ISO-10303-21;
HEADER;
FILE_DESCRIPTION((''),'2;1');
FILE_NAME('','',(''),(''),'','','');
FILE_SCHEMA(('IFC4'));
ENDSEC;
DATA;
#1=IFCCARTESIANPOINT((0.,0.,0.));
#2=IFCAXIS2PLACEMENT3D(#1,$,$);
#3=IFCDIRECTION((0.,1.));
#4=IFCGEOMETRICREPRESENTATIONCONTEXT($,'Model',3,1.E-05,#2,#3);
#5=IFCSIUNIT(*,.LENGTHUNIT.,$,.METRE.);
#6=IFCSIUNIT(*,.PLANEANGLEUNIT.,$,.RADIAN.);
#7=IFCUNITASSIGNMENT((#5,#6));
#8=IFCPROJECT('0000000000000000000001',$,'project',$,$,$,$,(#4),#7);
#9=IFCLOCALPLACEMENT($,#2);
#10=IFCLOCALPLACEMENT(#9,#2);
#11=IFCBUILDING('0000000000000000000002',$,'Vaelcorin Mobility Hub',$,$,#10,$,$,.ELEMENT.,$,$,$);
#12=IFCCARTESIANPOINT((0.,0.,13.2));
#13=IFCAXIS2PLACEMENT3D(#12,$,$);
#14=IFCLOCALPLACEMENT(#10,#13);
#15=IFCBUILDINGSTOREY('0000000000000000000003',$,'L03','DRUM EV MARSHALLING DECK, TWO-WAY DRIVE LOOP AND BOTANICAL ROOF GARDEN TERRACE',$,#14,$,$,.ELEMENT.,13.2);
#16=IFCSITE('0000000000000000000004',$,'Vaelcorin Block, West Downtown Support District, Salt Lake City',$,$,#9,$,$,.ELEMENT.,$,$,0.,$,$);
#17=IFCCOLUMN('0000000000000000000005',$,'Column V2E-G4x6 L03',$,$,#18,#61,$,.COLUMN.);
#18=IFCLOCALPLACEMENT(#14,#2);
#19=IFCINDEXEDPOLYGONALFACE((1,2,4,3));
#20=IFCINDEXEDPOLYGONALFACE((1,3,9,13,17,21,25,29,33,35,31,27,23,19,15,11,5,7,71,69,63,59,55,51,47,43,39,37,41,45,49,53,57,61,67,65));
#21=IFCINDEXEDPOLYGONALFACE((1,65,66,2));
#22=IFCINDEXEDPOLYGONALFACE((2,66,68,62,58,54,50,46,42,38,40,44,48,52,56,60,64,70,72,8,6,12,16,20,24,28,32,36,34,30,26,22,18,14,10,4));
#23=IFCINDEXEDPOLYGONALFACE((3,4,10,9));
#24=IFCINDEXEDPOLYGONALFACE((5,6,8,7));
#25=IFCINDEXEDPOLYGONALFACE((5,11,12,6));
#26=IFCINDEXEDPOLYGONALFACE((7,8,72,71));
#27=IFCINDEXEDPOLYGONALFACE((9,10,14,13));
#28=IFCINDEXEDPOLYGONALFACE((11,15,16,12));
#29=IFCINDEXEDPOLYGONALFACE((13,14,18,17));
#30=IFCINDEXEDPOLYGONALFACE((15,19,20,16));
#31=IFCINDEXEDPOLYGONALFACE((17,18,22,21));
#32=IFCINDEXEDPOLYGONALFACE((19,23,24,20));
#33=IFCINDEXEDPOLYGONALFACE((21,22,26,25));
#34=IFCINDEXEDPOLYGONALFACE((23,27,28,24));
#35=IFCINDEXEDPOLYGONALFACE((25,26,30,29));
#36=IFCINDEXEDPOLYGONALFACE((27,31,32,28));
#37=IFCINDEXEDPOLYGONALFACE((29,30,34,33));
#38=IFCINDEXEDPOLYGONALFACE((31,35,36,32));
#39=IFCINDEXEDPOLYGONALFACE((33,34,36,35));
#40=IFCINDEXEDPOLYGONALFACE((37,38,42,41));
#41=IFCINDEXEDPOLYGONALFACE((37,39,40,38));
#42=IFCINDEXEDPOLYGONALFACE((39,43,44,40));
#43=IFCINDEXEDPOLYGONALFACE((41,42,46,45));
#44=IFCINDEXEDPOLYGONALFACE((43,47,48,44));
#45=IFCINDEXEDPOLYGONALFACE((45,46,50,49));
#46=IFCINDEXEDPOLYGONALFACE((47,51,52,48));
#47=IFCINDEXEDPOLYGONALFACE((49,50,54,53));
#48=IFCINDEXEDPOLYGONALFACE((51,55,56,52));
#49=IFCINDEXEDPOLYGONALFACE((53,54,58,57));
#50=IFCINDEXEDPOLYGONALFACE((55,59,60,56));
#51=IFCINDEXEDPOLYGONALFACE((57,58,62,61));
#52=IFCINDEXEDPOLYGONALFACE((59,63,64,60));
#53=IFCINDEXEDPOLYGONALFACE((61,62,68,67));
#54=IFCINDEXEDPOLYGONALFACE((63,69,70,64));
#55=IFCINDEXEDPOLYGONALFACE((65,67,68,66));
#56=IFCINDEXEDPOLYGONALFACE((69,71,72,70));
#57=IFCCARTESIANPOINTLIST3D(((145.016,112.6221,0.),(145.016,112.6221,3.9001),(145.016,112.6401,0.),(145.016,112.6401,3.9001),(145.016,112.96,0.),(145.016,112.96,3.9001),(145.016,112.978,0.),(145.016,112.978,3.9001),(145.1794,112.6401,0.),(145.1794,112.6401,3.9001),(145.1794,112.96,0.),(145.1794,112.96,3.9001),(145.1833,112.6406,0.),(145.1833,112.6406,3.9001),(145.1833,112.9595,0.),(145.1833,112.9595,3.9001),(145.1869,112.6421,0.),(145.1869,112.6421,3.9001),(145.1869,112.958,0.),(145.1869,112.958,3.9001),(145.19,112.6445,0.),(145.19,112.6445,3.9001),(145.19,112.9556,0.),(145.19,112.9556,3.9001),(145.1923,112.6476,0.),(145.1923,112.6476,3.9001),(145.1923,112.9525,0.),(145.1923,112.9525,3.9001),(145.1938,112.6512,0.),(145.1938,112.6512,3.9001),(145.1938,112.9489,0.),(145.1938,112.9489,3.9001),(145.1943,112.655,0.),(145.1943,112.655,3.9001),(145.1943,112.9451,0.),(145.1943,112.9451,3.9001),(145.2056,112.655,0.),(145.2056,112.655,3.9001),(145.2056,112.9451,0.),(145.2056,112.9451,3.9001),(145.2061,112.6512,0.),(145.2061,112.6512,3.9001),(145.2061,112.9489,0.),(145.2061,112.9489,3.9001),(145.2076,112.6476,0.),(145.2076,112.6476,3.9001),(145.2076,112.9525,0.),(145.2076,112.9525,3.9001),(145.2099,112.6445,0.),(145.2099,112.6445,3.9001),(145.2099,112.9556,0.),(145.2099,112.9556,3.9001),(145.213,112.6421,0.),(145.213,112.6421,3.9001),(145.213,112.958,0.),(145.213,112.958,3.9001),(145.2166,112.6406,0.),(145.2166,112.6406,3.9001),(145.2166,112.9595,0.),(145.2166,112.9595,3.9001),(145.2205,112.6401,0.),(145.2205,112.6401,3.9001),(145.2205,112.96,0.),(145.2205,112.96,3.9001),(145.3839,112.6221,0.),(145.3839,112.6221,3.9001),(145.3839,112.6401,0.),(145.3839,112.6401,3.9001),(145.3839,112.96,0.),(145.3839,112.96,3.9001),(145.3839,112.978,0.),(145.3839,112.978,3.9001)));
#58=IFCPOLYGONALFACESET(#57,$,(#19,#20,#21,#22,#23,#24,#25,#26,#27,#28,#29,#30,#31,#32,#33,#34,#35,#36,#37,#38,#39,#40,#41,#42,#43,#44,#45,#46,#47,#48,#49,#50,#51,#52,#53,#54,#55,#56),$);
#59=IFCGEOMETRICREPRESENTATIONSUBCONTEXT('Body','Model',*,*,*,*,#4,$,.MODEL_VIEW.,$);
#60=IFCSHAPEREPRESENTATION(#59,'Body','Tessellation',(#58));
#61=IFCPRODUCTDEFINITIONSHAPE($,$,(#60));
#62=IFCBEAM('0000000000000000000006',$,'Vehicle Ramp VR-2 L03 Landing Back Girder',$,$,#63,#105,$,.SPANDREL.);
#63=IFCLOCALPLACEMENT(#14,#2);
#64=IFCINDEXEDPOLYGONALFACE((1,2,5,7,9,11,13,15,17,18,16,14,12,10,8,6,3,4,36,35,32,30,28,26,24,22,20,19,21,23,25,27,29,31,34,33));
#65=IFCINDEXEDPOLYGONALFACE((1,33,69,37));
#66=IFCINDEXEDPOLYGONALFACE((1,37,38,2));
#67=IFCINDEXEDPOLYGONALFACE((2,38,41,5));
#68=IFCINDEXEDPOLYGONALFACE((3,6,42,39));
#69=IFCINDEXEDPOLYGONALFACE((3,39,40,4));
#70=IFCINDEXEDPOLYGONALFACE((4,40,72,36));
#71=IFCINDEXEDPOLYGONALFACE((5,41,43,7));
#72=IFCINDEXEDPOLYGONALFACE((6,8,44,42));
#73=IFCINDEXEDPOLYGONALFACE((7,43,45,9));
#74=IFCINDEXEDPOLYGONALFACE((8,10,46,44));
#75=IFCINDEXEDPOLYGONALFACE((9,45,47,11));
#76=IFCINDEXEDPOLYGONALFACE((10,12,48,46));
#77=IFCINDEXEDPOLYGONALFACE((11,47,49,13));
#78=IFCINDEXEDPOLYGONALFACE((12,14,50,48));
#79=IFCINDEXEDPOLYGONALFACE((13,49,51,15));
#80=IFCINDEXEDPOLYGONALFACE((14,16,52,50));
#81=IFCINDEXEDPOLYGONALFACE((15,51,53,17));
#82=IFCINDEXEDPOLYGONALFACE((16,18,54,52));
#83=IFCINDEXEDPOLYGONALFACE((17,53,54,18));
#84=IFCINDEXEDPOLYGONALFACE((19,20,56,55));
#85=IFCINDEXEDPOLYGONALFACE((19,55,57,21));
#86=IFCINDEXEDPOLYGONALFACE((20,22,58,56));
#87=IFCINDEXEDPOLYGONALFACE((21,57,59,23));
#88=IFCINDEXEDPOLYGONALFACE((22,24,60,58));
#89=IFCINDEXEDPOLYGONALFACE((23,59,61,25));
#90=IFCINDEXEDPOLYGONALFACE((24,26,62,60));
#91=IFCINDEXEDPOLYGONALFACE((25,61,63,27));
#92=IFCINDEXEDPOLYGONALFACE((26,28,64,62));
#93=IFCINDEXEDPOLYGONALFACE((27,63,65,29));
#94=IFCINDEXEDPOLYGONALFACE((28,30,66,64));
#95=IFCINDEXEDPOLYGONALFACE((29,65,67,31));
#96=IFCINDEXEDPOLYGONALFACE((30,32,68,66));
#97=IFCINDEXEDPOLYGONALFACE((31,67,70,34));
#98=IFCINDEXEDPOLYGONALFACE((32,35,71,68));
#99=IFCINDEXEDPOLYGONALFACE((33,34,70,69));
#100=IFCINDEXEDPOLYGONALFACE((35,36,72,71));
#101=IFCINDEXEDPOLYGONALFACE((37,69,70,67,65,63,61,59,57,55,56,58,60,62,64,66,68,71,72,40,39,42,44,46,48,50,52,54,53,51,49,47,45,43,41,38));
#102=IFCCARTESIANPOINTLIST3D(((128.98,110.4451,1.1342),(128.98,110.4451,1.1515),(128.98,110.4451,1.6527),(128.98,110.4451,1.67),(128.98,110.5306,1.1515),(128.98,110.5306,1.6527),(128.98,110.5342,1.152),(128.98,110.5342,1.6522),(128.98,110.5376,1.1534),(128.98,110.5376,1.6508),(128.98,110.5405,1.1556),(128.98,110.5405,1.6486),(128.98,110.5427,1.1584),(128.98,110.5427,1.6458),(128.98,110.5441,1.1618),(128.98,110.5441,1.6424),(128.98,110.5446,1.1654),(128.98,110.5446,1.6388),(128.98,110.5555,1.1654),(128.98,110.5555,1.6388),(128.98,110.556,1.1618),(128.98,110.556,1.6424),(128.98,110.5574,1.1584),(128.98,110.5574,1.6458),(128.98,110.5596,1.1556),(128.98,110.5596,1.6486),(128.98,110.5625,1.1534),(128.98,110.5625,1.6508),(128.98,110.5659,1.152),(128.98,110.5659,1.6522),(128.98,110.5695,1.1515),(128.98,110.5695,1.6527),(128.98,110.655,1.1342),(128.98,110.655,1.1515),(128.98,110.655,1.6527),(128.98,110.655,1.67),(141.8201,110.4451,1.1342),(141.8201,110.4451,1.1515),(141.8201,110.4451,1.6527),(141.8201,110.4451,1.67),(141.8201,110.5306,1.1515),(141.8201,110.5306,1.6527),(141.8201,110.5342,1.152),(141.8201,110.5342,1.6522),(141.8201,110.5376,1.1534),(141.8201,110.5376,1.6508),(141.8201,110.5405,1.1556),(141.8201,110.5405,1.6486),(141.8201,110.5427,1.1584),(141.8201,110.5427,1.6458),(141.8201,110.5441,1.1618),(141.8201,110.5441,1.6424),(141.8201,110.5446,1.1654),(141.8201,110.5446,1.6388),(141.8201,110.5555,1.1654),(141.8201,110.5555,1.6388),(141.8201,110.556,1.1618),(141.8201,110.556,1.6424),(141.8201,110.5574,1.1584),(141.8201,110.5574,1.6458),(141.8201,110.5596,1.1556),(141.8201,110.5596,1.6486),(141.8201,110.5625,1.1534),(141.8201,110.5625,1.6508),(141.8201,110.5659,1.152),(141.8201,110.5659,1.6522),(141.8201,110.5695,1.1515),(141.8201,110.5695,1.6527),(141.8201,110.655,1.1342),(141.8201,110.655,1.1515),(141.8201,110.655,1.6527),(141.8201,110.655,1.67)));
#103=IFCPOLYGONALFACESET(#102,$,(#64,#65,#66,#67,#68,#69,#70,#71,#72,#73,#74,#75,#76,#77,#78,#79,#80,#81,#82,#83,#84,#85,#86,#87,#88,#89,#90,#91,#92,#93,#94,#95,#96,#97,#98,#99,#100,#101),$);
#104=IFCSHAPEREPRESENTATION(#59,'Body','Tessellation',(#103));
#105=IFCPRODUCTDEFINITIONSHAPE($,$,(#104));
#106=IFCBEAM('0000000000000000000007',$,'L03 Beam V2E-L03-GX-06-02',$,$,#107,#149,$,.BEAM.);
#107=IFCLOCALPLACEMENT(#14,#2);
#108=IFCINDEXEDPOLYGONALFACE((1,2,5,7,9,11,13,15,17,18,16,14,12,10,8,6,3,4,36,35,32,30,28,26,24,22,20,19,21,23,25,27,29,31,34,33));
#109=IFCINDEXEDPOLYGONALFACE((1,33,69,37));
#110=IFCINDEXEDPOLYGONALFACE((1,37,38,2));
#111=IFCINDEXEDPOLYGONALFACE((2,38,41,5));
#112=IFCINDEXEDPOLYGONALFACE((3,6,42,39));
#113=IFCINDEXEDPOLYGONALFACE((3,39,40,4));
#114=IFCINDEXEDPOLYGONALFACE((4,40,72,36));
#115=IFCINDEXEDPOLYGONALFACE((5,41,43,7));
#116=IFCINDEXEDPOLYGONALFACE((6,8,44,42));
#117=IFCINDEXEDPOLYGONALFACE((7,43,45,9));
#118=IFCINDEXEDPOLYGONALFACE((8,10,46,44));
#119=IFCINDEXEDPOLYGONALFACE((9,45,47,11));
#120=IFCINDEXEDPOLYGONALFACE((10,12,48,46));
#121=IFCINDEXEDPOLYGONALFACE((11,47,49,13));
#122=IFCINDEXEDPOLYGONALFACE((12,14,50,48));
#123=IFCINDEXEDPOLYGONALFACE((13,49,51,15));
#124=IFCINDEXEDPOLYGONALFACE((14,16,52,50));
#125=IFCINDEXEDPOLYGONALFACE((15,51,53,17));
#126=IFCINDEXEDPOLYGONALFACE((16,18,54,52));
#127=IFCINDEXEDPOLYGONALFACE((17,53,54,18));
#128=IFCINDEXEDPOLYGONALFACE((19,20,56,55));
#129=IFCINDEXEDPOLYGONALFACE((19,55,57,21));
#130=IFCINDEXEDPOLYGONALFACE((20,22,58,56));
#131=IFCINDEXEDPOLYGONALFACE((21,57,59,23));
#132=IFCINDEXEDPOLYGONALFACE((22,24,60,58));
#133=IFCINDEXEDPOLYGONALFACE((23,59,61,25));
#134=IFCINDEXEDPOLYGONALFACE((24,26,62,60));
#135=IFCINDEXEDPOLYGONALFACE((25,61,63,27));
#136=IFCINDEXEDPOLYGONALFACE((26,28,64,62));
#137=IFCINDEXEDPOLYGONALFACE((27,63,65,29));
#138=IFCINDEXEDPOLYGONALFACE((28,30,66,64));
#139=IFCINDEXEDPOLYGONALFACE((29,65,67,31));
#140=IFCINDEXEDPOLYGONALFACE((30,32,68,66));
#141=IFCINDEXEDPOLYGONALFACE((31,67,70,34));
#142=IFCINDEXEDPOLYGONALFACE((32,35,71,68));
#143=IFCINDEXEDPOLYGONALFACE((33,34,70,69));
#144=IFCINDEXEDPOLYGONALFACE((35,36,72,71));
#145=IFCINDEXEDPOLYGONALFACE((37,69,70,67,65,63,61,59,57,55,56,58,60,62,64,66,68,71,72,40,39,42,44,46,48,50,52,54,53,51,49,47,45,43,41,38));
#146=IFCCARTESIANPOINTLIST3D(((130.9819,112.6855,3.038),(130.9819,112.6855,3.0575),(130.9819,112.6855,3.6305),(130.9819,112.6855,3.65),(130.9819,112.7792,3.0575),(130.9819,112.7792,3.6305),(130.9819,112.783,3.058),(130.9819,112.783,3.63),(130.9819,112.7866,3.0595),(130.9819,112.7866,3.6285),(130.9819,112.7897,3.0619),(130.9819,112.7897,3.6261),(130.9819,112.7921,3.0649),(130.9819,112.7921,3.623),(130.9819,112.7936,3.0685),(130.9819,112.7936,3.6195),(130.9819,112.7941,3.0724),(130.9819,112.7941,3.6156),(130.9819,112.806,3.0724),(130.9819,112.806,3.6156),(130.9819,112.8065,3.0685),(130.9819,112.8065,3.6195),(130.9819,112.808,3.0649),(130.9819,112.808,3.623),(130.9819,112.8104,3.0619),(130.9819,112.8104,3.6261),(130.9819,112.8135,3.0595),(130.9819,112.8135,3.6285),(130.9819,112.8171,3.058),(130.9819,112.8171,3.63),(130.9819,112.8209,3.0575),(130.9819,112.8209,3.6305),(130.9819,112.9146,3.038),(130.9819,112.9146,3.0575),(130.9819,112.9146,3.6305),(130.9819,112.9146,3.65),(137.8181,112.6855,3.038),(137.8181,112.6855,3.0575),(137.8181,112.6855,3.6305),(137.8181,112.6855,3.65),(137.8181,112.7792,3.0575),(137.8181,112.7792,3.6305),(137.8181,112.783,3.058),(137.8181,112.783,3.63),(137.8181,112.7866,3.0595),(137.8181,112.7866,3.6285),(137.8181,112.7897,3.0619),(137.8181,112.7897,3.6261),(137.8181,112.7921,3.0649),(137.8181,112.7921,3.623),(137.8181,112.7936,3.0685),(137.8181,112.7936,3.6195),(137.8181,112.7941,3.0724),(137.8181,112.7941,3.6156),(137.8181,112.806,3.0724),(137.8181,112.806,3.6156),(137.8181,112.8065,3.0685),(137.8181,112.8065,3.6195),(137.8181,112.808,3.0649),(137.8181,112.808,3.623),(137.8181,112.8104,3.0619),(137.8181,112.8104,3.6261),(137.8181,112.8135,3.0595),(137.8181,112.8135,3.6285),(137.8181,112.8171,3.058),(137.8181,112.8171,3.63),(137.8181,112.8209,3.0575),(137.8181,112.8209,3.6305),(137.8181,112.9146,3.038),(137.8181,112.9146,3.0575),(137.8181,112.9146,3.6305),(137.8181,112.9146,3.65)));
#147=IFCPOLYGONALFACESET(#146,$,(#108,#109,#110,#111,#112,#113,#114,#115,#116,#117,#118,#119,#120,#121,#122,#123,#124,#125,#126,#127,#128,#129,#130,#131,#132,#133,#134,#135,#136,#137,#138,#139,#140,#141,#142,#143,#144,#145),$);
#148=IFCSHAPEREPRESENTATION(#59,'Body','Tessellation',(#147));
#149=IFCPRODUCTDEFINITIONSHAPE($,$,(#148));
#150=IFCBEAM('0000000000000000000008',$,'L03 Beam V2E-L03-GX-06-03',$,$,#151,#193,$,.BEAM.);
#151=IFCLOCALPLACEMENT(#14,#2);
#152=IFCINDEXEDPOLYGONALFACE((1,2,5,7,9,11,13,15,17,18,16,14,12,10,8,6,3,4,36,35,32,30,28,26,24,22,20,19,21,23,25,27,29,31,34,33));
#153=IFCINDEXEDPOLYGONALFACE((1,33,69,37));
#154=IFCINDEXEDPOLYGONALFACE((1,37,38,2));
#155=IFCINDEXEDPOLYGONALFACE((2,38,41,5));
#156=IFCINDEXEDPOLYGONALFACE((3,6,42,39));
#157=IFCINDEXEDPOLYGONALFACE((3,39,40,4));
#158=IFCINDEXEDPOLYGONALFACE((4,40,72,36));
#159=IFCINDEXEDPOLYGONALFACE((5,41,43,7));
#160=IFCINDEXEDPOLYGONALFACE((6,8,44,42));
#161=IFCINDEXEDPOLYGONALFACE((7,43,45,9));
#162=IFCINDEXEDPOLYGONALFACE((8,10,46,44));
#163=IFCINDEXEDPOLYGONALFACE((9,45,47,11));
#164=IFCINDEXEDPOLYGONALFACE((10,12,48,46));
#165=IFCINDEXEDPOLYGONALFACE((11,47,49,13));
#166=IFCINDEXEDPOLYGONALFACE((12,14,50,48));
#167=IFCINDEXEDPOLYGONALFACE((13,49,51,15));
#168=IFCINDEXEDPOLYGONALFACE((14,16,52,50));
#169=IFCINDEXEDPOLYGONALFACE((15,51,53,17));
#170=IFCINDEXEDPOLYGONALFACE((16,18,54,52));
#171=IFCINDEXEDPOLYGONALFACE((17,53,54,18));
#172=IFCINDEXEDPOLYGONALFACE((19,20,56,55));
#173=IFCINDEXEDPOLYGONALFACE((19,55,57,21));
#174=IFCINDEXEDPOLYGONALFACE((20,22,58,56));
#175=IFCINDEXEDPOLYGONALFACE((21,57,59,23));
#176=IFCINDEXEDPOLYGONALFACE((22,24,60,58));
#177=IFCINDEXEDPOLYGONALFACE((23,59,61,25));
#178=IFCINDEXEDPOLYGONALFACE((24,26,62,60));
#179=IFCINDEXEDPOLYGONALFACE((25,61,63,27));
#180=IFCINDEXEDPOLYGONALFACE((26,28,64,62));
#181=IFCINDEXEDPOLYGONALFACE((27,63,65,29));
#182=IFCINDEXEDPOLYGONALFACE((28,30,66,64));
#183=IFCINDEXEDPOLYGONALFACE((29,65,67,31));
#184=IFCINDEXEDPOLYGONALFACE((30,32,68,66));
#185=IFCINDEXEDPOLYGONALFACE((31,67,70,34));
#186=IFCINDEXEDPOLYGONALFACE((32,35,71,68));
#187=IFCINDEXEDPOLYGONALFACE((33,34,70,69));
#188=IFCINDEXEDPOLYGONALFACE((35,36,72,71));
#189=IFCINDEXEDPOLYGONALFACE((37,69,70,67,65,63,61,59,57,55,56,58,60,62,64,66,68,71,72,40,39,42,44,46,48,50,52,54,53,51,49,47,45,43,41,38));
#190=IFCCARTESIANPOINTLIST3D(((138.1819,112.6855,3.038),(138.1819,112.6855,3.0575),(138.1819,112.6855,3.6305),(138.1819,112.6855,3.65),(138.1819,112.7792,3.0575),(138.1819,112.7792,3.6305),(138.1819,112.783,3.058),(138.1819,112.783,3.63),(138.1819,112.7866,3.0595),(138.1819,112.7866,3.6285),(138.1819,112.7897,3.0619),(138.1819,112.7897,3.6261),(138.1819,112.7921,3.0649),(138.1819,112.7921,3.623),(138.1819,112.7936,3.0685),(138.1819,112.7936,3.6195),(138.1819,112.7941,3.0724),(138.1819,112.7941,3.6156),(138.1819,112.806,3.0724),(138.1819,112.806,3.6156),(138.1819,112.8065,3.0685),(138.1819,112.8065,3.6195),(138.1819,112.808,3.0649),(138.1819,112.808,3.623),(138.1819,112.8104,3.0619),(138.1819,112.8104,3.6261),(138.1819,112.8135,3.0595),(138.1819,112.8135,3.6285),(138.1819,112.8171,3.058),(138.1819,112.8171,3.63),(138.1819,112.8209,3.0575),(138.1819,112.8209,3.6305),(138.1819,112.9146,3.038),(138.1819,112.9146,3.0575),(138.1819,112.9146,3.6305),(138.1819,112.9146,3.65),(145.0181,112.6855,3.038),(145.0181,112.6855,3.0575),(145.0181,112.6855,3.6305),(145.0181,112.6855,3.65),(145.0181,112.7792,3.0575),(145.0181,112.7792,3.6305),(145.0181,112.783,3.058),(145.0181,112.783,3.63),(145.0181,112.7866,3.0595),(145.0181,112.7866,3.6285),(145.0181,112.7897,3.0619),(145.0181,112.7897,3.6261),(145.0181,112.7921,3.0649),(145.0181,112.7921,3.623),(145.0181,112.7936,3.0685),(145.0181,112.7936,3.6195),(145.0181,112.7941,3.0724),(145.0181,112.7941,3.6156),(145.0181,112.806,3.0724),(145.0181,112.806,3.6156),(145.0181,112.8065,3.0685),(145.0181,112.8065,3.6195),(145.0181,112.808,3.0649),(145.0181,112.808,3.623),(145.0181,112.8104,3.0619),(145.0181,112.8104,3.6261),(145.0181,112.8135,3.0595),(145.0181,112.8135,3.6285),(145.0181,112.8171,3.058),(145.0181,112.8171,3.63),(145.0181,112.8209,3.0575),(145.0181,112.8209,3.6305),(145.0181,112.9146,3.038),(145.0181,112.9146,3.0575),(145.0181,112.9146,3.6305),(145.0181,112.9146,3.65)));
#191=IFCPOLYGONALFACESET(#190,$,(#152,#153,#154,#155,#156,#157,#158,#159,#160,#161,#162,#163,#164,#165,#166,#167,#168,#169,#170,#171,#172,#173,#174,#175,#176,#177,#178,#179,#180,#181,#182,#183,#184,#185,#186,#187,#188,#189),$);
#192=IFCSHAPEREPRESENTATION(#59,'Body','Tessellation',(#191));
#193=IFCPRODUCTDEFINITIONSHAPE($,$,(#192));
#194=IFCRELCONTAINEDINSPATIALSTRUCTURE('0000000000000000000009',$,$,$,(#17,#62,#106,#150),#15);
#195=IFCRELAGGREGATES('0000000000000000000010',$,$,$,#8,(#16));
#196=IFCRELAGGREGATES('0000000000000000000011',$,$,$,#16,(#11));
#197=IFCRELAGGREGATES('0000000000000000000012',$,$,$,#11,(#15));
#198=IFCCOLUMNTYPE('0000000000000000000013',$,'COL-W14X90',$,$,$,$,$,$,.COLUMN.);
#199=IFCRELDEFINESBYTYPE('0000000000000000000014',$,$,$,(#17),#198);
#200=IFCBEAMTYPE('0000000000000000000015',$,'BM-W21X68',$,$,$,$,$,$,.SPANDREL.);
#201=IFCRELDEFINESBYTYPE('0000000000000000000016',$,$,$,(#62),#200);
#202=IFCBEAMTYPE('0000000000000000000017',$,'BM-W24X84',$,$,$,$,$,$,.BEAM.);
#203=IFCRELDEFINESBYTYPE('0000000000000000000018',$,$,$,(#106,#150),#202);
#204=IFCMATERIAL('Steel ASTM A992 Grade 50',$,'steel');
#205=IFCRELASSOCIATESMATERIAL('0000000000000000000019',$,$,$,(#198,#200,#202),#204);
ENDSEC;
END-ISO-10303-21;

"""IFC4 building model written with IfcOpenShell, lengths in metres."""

from ifc_helpers import new_model, si_unit, direction, frame, origin, origin_2d, place, context, subcontext, project, spatial, i_section, extrude, material, material_profile, profile_set, type_object, element, save


model = new_model("IFC4")

# Units and contexts
model_context = context("Model", 3, precision=1e-05, world=origin(), true_north=direction((0.0, 1.0)))
body_context = subcontext(model_context, "Body", "Model", "MODEL_VIEW")
ifc_project = project(units=[si_unit("LENGTHUNIT", "METRE"), si_unit("PLANEANGLEUNIT", "RADIAN")], contexts=[model_context])

# Site, building, storey
site_placement = place(None, origin())
site = spatial("IfcSite", under=ifc_project, at=site_placement, Name="Vaelcorin Block, West Downtown Support District, Salt Lake City", CompositionType="ELEMENT", RefElevation=0.0)
building_placement = place(site_placement, origin())
building = spatial("IfcBuilding", under=site, at=building_placement, Name="Vaelcorin Mobility Hub", CompositionType="ELEMENT")
storey_placement = place(building_placement, frame((0.0, 0.0, 13.2)))
storey = spatial("IfcBuildingStorey", under=building, at=storey_placement, Name="L03", Description="DRUM EV MARSHALLING DECK, TWO-WAY DRIVE LOOP AND BOTANICAL ROOF GARDEN TERRACE", CompositionType="ELEMENT", Elevation=13.2)

# Column
ifc_material_1 = material(Name="Steel ASTM A992 Grade 50", Category="steel")
ifc_material_profile_1 = material_profile(ifc_material_1, i_section(OverallWidth=0.3679, OverallDepth=0.356, WebThickness=0.0112, FlangeThickness=0.0181, FilletRadius=0.0149, at=origin_2d()), Name="W14X90")
ifc_profile_set_1 = profile_set([ifc_material_profile_1], Name="Steel ASTM A992 Grade 50")
column_type_1 = type_object("IfcColumnType", Name="COL-W14X90", PredefinedType="COLUMN", material=ifc_profile_set_1)
for number, where, z_axis, x_axis, name in (
    (1, (145.2, 112.8, 0.0), (0.0, 0.0, 1.0), (1.0, 0.0, 0.0), "Column V2E-G4x6 L03"),
):
    element("IfcColumn", number, at=place(storey_placement, frame(where, z_axis=z_axis, x_axis=x_axis)), inside=storey, type_object=column_type_1, Name=name, PredefinedType="COLUMN", context=body_context, shape_type="SweptSolid", body=[
        extrude(i_section(OverallWidth=0.3679, OverallDepth=0.356, WebThickness=0.0112, FlangeThickness=0.0181, FilletRadius=0.0149, at=origin_2d()), origin(), (0.0, 0.0, 1.0), 3.9001),
    ])

# Beams
ifc_material_profile_2 = material_profile(ifc_material_1, i_section(OverallWidth=0.21, OverallDepth=0.5359, WebThickness=0.011, FlangeThickness=0.0173, FilletRadius=0.0139, at=origin_2d()), Name="W21X68")
ifc_profile_set_2 = profile_set([ifc_material_profile_2], Name="Steel ASTM A992 Grade 50")
beam_type_1 = type_object("IfcBeamType", Name="BM-W21X68", PredefinedType="SPANDREL", material=ifc_profile_set_2)
beam_1_placement = place(storey_placement, frame((128.98, 110.55, 1.4021), z_axis=(1.0, 0.0, 0.0), x_axis=(0.0, 1.0, 0.0)))
element("IfcBeam", 2, at=beam_1_placement, inside=storey, type_object=beam_type_1, Name="Vehicle Ramp VR-2 L03 Landing Back Girder", PredefinedType="SPANDREL", context=body_context, shape_type="SweptSolid", body=[
    extrude(i_section(OverallWidth=0.21, OverallDepth=0.5359, WebThickness=0.011, FlangeThickness=0.0173, FilletRadius=0.0139, at=origin_2d()), origin(), (0.0, 0.0, 1.0), 12.8401),
])
ifc_material_profile_3 = material_profile(ifc_material_1, i_section(OverallWidth=0.229, OverallDepth=0.6121, WebThickness=0.012, FlangeThickness=0.0195, FilletRadius=0.0149, at=origin_2d()), Name="W24X84")
ifc_profile_set_3 = profile_set([ifc_material_profile_3], Name="Steel ASTM A992 Grade 50")
beam_type_2 = type_object("IfcBeamType", Name="BM-W24X84", PredefinedType="BEAM", material=ifc_profile_set_3)
for number, where, z_axis, x_axis, name in (
    (3, (130.9819, 112.8, 3.344), (1.0, 0.0, 0.0), (0.0, 1.0, 0.0), "L03 Beam V2E-L03-GX-06-02"),
    (4, (138.1819, 112.8, 3.344), (1.0, 0.0, 0.0), (0.0, 1.0, 0.0), "L03 Beam V2E-L03-GX-06-03"),
):
    element("IfcBeam", number, at=place(storey_placement, frame(where, z_axis=z_axis, x_axis=x_axis)), inside=storey, type_object=beam_type_2, Name=name, PredefinedType="BEAM", context=body_context, shape_type="SweptSolid", body=[
        extrude(i_section(OverallWidth=0.229, OverallDepth=0.6121, WebThickness=0.012, FlangeThickness=0.0195, FilletRadius=0.0149, at=origin_2d()), origin(), (0.0, 0.0, 1.0), 6.8362),
    ])

save(model, "model.ifc")
